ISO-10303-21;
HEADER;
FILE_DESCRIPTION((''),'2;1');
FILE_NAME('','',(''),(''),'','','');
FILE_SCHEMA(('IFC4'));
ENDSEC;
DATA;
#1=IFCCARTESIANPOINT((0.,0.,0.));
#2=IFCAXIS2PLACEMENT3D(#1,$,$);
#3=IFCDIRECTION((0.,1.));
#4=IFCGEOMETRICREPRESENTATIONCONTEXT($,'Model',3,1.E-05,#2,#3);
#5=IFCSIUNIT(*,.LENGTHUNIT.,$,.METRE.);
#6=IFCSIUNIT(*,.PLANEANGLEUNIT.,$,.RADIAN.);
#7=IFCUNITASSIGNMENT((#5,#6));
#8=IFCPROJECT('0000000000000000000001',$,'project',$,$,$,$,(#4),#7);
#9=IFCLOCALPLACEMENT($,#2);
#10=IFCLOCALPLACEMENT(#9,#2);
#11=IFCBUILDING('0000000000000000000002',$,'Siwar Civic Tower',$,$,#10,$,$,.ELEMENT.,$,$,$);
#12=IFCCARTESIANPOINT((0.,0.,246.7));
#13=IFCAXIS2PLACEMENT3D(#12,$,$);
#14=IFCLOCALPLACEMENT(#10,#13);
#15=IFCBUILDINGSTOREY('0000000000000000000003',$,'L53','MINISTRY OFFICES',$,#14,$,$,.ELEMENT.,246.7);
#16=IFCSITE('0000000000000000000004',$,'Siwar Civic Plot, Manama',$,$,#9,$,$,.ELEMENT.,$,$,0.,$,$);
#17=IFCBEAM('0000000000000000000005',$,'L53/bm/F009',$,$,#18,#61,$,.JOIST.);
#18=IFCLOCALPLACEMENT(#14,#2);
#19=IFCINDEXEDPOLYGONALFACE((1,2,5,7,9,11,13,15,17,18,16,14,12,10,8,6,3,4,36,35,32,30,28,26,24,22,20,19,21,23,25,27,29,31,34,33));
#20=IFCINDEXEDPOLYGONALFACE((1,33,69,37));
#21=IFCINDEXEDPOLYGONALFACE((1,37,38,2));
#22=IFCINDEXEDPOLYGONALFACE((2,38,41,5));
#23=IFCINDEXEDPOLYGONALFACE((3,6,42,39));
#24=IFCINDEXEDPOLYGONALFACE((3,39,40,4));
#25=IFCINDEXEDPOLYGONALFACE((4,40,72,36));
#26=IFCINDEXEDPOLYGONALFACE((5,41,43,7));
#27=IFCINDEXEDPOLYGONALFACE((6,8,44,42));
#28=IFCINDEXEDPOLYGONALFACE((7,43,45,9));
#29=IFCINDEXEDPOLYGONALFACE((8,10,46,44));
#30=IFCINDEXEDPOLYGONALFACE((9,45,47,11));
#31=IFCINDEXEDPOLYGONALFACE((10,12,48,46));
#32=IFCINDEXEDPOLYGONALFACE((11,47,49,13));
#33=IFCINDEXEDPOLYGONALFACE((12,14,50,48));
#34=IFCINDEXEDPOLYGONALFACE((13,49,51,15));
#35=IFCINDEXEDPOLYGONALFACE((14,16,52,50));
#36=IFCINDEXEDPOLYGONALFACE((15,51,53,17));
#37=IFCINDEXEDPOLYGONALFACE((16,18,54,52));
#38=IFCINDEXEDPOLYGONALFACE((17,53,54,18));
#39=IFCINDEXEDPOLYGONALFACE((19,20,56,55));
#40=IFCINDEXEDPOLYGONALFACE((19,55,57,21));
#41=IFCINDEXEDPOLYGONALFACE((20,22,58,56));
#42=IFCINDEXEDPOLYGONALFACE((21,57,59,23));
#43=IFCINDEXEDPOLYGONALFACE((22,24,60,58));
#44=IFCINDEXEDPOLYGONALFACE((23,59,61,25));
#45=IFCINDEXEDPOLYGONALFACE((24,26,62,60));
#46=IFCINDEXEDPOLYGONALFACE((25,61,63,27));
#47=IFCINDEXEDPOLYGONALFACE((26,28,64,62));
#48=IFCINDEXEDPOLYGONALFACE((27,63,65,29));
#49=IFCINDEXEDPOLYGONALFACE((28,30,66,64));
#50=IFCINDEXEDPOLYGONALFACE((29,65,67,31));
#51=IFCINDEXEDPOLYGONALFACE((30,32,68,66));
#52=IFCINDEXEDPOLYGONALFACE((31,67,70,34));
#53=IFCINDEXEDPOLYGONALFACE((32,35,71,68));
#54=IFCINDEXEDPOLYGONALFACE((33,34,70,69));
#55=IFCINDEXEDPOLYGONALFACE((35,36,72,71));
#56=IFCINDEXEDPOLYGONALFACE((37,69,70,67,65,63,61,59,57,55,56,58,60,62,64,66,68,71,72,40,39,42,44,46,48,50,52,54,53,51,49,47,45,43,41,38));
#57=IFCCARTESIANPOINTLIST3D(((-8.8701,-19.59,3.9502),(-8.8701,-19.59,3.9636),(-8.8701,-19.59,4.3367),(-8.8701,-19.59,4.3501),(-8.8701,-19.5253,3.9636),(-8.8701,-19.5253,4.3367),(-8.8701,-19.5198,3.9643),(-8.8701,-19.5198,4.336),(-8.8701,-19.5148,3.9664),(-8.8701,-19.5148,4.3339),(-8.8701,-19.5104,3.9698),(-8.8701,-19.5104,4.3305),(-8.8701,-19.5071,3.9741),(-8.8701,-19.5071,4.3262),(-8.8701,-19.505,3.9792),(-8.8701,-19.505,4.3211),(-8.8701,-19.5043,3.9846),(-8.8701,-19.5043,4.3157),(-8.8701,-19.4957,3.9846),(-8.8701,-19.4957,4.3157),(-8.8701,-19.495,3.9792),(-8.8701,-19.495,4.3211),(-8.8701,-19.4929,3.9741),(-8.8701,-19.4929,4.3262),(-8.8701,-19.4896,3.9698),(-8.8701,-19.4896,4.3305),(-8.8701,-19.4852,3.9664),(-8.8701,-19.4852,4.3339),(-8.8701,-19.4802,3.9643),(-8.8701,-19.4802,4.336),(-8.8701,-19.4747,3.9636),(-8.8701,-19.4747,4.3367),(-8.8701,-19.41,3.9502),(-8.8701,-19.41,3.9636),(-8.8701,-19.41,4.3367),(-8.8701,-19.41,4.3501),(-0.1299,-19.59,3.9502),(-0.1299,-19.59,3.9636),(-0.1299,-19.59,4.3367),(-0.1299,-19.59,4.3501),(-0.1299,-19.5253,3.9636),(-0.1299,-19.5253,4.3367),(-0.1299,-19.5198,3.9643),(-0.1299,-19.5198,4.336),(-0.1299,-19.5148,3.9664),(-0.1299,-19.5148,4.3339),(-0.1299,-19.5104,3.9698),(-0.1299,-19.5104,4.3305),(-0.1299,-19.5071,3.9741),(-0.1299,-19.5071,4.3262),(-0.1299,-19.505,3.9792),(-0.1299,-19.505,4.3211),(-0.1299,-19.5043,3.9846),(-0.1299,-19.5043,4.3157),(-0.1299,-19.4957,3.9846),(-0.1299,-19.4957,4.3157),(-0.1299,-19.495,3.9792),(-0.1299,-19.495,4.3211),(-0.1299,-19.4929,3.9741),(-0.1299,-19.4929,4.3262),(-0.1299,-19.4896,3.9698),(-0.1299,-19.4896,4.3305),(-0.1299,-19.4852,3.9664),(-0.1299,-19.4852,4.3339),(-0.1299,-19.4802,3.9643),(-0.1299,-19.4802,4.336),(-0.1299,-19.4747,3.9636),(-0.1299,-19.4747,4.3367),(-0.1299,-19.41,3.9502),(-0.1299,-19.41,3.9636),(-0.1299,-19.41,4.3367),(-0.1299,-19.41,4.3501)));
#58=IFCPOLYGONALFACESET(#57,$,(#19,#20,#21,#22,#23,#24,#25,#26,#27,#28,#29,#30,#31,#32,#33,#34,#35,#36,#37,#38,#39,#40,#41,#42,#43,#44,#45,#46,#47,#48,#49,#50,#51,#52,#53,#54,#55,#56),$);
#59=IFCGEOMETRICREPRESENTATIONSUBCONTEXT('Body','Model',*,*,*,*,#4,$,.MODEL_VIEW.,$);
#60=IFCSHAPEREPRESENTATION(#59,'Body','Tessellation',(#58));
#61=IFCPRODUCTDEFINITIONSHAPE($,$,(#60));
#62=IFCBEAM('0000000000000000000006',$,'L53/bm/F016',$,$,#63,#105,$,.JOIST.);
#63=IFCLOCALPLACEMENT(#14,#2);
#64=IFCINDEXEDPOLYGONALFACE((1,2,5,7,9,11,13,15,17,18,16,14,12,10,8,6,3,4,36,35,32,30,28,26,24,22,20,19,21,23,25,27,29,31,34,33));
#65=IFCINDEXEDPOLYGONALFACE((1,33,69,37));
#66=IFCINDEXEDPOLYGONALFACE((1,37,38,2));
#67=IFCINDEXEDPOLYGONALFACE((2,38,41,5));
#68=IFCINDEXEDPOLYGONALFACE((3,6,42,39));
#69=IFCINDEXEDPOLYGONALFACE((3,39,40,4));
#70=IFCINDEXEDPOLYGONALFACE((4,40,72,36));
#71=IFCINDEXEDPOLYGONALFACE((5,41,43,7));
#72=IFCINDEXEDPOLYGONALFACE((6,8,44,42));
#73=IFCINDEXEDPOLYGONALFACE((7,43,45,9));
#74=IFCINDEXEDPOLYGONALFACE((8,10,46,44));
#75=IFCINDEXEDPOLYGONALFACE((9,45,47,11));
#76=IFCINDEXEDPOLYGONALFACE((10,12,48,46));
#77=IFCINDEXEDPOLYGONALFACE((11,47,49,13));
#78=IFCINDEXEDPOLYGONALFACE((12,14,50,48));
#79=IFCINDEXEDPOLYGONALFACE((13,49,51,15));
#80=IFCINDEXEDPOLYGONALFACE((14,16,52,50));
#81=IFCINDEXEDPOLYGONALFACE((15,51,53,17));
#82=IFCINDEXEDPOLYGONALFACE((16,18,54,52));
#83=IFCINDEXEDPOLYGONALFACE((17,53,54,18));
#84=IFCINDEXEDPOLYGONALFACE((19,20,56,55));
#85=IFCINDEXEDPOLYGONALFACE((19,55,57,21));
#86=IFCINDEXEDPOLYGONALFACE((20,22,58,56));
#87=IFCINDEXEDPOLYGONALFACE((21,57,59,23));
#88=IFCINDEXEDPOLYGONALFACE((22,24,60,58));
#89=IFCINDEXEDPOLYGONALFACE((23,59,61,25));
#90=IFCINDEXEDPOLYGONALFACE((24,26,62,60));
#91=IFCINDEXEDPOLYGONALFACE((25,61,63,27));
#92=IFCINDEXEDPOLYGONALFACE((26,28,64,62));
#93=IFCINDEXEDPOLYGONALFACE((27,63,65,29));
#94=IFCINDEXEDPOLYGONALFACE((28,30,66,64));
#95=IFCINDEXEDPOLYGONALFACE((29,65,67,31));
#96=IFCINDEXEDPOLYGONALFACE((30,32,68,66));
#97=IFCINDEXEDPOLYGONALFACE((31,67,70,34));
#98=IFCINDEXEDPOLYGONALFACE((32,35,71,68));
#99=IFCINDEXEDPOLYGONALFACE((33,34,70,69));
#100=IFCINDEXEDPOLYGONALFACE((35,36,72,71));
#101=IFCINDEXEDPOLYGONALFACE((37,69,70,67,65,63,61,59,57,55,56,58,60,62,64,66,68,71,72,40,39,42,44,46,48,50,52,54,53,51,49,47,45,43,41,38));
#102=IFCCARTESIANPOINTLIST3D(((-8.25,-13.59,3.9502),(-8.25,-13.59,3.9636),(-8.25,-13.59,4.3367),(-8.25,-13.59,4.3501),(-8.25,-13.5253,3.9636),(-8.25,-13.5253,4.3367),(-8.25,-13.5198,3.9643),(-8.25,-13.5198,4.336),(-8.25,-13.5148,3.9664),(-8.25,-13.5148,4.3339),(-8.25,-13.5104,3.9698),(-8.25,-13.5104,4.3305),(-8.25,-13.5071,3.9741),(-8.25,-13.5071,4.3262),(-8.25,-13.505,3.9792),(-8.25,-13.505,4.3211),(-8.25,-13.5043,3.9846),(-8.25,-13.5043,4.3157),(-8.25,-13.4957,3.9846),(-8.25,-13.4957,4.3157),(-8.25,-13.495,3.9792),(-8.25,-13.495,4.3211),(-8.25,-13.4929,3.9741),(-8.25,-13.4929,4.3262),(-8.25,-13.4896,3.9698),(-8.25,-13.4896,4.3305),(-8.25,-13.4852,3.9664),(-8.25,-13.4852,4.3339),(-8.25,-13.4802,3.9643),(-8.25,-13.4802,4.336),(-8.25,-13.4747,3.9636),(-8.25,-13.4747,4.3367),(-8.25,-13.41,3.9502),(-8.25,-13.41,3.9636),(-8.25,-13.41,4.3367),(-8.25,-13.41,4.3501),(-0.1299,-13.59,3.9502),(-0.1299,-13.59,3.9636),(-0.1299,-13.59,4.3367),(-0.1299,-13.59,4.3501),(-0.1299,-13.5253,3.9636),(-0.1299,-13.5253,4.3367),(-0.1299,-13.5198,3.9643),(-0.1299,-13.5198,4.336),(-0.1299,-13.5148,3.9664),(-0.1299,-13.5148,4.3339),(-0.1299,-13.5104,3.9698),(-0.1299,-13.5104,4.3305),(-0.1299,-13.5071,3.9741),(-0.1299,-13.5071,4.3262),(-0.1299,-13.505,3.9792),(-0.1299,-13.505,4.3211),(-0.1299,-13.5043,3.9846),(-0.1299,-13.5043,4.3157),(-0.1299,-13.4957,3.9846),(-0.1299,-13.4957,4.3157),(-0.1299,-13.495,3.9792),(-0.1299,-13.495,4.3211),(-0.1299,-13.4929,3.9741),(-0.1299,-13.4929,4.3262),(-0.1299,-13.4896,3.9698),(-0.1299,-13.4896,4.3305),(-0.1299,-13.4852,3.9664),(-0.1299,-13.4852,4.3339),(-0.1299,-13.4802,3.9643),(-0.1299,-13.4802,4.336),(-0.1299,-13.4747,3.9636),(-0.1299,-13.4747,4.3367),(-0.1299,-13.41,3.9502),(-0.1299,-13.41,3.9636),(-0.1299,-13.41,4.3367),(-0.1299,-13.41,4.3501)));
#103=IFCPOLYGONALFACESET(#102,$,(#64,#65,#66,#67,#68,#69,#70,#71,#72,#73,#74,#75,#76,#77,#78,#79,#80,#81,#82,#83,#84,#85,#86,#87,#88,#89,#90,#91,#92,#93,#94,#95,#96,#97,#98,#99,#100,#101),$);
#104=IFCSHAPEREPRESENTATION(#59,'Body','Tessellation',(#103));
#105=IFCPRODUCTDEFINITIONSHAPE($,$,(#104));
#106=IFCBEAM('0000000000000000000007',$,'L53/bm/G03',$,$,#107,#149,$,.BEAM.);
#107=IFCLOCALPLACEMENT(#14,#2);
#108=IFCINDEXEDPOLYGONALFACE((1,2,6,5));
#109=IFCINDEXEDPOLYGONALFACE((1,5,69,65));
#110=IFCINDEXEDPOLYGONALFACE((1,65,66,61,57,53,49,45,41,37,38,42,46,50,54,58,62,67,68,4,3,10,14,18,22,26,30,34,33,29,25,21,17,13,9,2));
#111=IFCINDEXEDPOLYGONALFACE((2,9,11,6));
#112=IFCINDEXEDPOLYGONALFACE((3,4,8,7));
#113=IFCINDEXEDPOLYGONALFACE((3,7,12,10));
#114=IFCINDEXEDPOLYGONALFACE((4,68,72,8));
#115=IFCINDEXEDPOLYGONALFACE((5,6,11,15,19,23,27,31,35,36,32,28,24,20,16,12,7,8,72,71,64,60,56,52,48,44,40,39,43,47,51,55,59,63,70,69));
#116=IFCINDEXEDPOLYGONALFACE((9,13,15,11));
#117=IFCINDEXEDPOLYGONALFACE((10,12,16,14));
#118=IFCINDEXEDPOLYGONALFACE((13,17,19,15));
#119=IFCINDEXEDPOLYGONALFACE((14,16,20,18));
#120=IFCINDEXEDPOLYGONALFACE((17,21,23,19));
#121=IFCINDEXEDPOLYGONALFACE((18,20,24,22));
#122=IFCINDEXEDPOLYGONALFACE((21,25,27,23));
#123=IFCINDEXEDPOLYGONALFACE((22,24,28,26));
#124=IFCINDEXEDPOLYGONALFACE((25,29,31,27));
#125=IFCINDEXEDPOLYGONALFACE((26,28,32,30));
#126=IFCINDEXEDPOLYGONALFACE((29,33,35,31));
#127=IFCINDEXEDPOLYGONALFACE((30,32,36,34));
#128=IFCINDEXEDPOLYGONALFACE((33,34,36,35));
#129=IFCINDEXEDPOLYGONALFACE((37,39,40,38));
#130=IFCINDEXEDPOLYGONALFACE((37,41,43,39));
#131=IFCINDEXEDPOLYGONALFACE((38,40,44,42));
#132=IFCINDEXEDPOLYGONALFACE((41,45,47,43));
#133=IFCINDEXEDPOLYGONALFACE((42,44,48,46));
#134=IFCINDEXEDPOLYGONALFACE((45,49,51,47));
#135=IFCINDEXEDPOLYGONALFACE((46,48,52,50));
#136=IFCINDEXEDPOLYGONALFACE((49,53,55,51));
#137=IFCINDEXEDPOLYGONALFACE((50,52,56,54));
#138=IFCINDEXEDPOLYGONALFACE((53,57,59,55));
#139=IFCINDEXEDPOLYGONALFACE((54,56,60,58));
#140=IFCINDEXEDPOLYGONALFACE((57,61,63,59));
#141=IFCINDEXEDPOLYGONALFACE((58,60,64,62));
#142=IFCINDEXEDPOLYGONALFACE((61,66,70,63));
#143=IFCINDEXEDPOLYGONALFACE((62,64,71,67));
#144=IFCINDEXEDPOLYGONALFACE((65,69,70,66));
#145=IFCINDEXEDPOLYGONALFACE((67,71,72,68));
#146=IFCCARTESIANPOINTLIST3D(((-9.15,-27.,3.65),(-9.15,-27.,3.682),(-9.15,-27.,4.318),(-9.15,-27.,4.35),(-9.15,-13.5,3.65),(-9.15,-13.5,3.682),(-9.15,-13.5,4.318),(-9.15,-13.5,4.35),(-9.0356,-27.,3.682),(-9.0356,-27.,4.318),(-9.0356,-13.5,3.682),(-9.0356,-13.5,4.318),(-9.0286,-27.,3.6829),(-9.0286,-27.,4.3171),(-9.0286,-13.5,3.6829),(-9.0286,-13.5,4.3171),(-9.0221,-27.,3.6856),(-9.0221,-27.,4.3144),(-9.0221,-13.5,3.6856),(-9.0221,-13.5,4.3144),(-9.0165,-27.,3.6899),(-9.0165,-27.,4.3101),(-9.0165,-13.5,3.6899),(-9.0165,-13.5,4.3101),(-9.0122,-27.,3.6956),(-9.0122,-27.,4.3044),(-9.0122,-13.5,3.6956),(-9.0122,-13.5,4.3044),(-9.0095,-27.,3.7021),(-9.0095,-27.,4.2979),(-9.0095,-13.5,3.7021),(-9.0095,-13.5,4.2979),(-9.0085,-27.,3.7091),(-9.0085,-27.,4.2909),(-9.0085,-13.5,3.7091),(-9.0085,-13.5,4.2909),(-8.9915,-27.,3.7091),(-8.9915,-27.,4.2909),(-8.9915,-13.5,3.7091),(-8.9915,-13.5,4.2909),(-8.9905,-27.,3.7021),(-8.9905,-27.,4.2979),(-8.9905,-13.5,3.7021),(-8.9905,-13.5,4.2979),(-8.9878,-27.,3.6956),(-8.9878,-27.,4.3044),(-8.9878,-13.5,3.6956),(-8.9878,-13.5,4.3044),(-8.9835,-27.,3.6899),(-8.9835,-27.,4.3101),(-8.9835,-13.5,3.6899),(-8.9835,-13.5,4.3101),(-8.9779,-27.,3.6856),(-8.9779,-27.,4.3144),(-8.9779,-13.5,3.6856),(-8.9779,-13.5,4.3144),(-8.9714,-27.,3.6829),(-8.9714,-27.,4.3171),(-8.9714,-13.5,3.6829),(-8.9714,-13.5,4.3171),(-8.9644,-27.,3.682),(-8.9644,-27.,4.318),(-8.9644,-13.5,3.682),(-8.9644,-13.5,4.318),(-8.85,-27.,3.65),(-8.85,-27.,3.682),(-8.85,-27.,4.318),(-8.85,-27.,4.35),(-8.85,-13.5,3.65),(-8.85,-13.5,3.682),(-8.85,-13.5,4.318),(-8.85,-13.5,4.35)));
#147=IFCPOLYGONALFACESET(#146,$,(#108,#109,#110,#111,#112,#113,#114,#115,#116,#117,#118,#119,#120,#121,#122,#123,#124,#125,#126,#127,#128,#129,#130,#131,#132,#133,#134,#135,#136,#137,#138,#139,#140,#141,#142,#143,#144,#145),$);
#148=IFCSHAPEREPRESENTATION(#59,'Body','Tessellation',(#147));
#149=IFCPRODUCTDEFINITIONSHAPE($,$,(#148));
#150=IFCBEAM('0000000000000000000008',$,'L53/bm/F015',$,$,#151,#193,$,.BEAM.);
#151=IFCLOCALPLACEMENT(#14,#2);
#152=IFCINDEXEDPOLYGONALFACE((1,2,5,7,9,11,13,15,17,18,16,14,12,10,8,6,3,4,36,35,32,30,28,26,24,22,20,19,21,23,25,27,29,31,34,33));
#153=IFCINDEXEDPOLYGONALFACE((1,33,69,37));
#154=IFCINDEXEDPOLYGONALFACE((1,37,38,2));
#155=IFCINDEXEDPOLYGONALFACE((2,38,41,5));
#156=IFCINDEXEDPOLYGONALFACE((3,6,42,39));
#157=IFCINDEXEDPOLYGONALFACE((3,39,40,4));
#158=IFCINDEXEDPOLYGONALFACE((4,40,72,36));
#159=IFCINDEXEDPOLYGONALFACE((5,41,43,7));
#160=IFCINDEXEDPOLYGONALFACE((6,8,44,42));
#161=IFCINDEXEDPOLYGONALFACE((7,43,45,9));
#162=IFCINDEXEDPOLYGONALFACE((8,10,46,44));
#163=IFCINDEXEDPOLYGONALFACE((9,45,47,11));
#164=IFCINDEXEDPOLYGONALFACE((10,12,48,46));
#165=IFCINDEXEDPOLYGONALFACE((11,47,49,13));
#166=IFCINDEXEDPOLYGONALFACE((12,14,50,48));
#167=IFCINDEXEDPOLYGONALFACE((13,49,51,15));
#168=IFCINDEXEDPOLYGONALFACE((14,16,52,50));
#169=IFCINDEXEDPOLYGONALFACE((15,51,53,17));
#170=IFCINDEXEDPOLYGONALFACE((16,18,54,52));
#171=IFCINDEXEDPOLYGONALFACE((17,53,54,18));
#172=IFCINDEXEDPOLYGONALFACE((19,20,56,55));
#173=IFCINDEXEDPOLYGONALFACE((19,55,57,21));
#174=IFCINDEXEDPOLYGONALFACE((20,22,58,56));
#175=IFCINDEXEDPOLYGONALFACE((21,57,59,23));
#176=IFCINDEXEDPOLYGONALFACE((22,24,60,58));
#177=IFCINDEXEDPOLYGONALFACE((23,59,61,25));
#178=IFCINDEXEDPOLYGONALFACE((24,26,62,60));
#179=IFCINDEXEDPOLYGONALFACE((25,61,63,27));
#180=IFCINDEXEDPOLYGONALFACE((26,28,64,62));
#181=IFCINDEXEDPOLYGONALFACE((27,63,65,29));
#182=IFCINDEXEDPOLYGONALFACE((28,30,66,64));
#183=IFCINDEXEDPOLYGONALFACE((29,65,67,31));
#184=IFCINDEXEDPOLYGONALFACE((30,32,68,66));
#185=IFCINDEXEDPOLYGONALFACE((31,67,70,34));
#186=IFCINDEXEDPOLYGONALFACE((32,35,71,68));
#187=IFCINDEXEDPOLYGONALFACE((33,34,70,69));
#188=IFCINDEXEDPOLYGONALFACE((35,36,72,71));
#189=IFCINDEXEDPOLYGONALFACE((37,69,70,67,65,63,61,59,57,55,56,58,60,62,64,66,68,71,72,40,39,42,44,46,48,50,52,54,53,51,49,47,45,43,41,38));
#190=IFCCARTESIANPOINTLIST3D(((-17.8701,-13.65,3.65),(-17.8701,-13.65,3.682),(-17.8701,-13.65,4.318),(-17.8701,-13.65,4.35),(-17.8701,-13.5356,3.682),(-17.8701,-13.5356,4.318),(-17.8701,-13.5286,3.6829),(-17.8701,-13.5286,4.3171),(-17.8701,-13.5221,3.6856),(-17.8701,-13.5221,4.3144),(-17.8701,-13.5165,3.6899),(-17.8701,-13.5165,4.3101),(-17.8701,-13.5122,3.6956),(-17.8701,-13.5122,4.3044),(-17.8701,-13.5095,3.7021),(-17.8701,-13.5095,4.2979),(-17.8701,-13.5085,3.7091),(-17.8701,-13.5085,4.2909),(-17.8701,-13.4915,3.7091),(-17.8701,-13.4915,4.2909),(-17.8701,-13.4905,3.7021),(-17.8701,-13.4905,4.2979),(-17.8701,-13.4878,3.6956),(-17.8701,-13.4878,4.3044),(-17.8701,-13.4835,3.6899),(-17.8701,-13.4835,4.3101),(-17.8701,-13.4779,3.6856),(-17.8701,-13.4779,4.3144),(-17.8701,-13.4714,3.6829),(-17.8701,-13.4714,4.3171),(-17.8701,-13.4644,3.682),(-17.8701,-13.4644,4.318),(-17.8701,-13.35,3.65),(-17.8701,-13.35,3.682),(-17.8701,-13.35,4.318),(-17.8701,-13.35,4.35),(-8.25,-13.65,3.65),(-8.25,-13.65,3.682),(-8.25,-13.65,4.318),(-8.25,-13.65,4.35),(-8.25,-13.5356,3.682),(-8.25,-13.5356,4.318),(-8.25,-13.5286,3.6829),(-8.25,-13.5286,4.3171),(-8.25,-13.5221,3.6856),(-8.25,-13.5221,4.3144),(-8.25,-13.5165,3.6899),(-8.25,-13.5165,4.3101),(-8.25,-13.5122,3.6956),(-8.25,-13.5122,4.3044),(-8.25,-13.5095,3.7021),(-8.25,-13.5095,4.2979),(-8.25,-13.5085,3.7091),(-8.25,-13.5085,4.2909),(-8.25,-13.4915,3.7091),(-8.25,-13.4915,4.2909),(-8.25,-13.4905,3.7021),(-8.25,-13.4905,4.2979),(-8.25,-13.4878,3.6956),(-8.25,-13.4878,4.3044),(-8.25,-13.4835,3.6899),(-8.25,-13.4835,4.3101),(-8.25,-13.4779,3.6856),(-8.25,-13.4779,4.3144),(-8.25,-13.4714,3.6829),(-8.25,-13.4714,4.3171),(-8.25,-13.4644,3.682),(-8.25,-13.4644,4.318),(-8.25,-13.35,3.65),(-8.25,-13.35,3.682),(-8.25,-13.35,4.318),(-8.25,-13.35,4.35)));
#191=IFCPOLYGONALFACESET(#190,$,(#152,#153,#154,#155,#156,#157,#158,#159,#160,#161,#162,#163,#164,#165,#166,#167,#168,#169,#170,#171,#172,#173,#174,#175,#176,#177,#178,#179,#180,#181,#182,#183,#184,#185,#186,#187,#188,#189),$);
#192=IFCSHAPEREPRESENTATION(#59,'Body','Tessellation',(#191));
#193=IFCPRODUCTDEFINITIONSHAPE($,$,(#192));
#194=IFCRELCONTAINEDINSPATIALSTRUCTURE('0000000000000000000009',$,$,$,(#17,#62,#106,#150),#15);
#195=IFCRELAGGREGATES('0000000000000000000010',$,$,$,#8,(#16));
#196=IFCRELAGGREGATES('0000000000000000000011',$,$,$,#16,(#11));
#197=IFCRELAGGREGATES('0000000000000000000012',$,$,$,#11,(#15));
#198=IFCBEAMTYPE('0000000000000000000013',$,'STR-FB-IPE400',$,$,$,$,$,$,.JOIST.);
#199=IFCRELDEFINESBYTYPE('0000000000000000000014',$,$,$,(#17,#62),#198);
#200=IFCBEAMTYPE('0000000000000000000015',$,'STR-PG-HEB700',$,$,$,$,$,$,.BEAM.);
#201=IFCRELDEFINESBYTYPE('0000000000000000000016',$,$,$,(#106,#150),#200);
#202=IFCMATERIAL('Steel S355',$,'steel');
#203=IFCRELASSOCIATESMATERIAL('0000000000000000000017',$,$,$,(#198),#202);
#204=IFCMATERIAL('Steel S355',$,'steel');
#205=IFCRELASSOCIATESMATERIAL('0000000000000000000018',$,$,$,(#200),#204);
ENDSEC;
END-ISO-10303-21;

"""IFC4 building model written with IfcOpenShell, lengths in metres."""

from ifc_helpers import new_model, si_unit, direction, frame, origin, origin_2d, place, context, subcontext, project, spatial, i_section, extrude, material, material_profile, profile_set, type_object, element, save


model = new_model("IFC4")

# Units and contexts
model_context = context("Model", 3, precision=1e-05, world=origin(), true_north=direction((0.0, 1.0)))
body_context = subcontext(model_context, "Body", "Model", "MODEL_VIEW")
ifc_project = project(units=[si_unit("LENGTHUNIT", "METRE"), si_unit("PLANEANGLEUNIT", "RADIAN")], contexts=[model_context])

# Site, building, storey
site_placement = place(None, origin())
site = spatial("IfcSite", under=ifc_project, at=site_placement, Name="Siwar Civic Plot, Manama", CompositionType="ELEMENT", RefElevation=0.0)
building_placement = place(site_placement, origin())
building = spatial("IfcBuilding", under=site, at=building_placement, Name="Siwar Civic Tower", CompositionType="ELEMENT")
storey_placement = place(building_placement, frame((0.0, 0.0, 246.7)))
storey = spatial("IfcBuildingStorey", under=building, at=storey_placement, Name="L53", Description="MINISTRY OFFICES", CompositionType="ELEMENT", Elevation=246.7)

# Beams
ifc_material_1 = material(Name="Steel S355", Category="steel")
ifc_material_profile_1 = material_profile(ifc_material_1, i_section(OverallWidth=0.1799, OverallDepth=0.3999, WebThickness=0.0085, FlangeThickness=0.0134, FilletRadius=0.021, at=origin_2d()), Name="IPE400")
ifc_profile_set_1 = profile_set([ifc_material_profile_1], Name="Steel S355")
beam_type_1 = type_object("IfcBeamType", Name="STR-FB-IPE400", PredefinedType="JOIST", material=ifc_profile_set_1)
for number, where, z_axis, x_axis, name in (
    (1, (-8.8701, -19.5, 4.1501), (1.0, 0.0, 0.0), (0.0, 1.0, 0.0), "L53/bm/F009"),
):
    element("IfcBeam", number, at=place(storey_placement, frame(where, z_axis=z_axis, x_axis=x_axis)), inside=storey, type_object=beam_type_1, Name=name, PredefinedType="JOIST", context=body_context, shape_type="SweptSolid", body=[
        extrude(i_section(OverallWidth=0.1799, OverallDepth=0.3999, WebThickness=0.0085, FlangeThickness=0.0134, FilletRadius=0.021, at=origin_2d()), origin(), (0.0, 0.0, 1.0), 8.7402),
    ])
beam_1_placement = place(storey_placement, frame((-8.25, -13.5, 4.1501), z_axis=(1.0, 0.0, 0.0), x_axis=(0.0, 1.0, 0.0)))
element("IfcBeam", 2, at=beam_1_placement, inside=storey, type_object=beam_type_1, Name="L53/bm/F016", PredefinedType="JOIST", context=body_context, shape_type="SweptSolid", body=[
    extrude(i_section(OverallWidth=0.1799, OverallDepth=0.3999, WebThickness=0.0085, FlangeThickness=0.0134, FilletRadius=0.021, at=origin_2d()), origin(), (0.0, 0.0, 1.0), 8.1201),
])
ifc_material_2 = material(Name="Steel S355", Category="steel")
ifc_material_profile_2 = material_profile(ifc_material_2, i_section(OverallWidth=0.3, OverallDepth=0.7, WebThickness=0.0171, FlangeThickness=0.032, FilletRadius=0.0271, at=origin_2d()), Name="HEB700")
ifc_profile_set_2 = profile_set([ifc_material_profile_2], Name="Steel S355")
beam_type_2 = type_object("IfcBeamType", Name="STR-PG-HEB700", PredefinedType="BEAM", material=ifc_profile_set_2)
beam_2_placement = place(storey_placement, frame((-9.0, -27.0, 4.0), z_axis=(0.0, 1.0, 0.0), x_axis=(-1.0, 0.0, 0.0)))
element("IfcBeam", 3, at=beam_2_placement, inside=storey, type_object=beam_type_2, Name="L53/bm/G03", PredefinedType="BEAM", context=body_context, shape_type="SweptSolid", body=[
    extrude(i_section(OverallWidth=0.3, OverallDepth=0.7, WebThickness=0.0171, FlangeThickness=0.032, FilletRadius=0.0271, at=origin_2d()), origin(), (0.0, 0.0, 1.0), 13.5),
])
beam_3_placement = place(storey_placement, frame((-17.8701, -13.5, 4.0), z_axis=(1.0, 0.0, 0.0), x_axis=(0.0, 1.0, 0.0)))
element("IfcBeam", 4, at=beam_3_placement, inside=storey, type_object=beam_type_2, Name="L53/bm/F015", PredefinedType="BEAM", context=body_context, shape_type="SweptSolid", body=[
    extrude(i_section(OverallWidth=0.3, OverallDepth=0.7, WebThickness=0.0171, FlangeThickness=0.032, FilletRadius=0.0271, at=origin_2d()), origin(), (0.0, 0.0, 1.0), 9.6201),
])

save(model, "model.ifc")
